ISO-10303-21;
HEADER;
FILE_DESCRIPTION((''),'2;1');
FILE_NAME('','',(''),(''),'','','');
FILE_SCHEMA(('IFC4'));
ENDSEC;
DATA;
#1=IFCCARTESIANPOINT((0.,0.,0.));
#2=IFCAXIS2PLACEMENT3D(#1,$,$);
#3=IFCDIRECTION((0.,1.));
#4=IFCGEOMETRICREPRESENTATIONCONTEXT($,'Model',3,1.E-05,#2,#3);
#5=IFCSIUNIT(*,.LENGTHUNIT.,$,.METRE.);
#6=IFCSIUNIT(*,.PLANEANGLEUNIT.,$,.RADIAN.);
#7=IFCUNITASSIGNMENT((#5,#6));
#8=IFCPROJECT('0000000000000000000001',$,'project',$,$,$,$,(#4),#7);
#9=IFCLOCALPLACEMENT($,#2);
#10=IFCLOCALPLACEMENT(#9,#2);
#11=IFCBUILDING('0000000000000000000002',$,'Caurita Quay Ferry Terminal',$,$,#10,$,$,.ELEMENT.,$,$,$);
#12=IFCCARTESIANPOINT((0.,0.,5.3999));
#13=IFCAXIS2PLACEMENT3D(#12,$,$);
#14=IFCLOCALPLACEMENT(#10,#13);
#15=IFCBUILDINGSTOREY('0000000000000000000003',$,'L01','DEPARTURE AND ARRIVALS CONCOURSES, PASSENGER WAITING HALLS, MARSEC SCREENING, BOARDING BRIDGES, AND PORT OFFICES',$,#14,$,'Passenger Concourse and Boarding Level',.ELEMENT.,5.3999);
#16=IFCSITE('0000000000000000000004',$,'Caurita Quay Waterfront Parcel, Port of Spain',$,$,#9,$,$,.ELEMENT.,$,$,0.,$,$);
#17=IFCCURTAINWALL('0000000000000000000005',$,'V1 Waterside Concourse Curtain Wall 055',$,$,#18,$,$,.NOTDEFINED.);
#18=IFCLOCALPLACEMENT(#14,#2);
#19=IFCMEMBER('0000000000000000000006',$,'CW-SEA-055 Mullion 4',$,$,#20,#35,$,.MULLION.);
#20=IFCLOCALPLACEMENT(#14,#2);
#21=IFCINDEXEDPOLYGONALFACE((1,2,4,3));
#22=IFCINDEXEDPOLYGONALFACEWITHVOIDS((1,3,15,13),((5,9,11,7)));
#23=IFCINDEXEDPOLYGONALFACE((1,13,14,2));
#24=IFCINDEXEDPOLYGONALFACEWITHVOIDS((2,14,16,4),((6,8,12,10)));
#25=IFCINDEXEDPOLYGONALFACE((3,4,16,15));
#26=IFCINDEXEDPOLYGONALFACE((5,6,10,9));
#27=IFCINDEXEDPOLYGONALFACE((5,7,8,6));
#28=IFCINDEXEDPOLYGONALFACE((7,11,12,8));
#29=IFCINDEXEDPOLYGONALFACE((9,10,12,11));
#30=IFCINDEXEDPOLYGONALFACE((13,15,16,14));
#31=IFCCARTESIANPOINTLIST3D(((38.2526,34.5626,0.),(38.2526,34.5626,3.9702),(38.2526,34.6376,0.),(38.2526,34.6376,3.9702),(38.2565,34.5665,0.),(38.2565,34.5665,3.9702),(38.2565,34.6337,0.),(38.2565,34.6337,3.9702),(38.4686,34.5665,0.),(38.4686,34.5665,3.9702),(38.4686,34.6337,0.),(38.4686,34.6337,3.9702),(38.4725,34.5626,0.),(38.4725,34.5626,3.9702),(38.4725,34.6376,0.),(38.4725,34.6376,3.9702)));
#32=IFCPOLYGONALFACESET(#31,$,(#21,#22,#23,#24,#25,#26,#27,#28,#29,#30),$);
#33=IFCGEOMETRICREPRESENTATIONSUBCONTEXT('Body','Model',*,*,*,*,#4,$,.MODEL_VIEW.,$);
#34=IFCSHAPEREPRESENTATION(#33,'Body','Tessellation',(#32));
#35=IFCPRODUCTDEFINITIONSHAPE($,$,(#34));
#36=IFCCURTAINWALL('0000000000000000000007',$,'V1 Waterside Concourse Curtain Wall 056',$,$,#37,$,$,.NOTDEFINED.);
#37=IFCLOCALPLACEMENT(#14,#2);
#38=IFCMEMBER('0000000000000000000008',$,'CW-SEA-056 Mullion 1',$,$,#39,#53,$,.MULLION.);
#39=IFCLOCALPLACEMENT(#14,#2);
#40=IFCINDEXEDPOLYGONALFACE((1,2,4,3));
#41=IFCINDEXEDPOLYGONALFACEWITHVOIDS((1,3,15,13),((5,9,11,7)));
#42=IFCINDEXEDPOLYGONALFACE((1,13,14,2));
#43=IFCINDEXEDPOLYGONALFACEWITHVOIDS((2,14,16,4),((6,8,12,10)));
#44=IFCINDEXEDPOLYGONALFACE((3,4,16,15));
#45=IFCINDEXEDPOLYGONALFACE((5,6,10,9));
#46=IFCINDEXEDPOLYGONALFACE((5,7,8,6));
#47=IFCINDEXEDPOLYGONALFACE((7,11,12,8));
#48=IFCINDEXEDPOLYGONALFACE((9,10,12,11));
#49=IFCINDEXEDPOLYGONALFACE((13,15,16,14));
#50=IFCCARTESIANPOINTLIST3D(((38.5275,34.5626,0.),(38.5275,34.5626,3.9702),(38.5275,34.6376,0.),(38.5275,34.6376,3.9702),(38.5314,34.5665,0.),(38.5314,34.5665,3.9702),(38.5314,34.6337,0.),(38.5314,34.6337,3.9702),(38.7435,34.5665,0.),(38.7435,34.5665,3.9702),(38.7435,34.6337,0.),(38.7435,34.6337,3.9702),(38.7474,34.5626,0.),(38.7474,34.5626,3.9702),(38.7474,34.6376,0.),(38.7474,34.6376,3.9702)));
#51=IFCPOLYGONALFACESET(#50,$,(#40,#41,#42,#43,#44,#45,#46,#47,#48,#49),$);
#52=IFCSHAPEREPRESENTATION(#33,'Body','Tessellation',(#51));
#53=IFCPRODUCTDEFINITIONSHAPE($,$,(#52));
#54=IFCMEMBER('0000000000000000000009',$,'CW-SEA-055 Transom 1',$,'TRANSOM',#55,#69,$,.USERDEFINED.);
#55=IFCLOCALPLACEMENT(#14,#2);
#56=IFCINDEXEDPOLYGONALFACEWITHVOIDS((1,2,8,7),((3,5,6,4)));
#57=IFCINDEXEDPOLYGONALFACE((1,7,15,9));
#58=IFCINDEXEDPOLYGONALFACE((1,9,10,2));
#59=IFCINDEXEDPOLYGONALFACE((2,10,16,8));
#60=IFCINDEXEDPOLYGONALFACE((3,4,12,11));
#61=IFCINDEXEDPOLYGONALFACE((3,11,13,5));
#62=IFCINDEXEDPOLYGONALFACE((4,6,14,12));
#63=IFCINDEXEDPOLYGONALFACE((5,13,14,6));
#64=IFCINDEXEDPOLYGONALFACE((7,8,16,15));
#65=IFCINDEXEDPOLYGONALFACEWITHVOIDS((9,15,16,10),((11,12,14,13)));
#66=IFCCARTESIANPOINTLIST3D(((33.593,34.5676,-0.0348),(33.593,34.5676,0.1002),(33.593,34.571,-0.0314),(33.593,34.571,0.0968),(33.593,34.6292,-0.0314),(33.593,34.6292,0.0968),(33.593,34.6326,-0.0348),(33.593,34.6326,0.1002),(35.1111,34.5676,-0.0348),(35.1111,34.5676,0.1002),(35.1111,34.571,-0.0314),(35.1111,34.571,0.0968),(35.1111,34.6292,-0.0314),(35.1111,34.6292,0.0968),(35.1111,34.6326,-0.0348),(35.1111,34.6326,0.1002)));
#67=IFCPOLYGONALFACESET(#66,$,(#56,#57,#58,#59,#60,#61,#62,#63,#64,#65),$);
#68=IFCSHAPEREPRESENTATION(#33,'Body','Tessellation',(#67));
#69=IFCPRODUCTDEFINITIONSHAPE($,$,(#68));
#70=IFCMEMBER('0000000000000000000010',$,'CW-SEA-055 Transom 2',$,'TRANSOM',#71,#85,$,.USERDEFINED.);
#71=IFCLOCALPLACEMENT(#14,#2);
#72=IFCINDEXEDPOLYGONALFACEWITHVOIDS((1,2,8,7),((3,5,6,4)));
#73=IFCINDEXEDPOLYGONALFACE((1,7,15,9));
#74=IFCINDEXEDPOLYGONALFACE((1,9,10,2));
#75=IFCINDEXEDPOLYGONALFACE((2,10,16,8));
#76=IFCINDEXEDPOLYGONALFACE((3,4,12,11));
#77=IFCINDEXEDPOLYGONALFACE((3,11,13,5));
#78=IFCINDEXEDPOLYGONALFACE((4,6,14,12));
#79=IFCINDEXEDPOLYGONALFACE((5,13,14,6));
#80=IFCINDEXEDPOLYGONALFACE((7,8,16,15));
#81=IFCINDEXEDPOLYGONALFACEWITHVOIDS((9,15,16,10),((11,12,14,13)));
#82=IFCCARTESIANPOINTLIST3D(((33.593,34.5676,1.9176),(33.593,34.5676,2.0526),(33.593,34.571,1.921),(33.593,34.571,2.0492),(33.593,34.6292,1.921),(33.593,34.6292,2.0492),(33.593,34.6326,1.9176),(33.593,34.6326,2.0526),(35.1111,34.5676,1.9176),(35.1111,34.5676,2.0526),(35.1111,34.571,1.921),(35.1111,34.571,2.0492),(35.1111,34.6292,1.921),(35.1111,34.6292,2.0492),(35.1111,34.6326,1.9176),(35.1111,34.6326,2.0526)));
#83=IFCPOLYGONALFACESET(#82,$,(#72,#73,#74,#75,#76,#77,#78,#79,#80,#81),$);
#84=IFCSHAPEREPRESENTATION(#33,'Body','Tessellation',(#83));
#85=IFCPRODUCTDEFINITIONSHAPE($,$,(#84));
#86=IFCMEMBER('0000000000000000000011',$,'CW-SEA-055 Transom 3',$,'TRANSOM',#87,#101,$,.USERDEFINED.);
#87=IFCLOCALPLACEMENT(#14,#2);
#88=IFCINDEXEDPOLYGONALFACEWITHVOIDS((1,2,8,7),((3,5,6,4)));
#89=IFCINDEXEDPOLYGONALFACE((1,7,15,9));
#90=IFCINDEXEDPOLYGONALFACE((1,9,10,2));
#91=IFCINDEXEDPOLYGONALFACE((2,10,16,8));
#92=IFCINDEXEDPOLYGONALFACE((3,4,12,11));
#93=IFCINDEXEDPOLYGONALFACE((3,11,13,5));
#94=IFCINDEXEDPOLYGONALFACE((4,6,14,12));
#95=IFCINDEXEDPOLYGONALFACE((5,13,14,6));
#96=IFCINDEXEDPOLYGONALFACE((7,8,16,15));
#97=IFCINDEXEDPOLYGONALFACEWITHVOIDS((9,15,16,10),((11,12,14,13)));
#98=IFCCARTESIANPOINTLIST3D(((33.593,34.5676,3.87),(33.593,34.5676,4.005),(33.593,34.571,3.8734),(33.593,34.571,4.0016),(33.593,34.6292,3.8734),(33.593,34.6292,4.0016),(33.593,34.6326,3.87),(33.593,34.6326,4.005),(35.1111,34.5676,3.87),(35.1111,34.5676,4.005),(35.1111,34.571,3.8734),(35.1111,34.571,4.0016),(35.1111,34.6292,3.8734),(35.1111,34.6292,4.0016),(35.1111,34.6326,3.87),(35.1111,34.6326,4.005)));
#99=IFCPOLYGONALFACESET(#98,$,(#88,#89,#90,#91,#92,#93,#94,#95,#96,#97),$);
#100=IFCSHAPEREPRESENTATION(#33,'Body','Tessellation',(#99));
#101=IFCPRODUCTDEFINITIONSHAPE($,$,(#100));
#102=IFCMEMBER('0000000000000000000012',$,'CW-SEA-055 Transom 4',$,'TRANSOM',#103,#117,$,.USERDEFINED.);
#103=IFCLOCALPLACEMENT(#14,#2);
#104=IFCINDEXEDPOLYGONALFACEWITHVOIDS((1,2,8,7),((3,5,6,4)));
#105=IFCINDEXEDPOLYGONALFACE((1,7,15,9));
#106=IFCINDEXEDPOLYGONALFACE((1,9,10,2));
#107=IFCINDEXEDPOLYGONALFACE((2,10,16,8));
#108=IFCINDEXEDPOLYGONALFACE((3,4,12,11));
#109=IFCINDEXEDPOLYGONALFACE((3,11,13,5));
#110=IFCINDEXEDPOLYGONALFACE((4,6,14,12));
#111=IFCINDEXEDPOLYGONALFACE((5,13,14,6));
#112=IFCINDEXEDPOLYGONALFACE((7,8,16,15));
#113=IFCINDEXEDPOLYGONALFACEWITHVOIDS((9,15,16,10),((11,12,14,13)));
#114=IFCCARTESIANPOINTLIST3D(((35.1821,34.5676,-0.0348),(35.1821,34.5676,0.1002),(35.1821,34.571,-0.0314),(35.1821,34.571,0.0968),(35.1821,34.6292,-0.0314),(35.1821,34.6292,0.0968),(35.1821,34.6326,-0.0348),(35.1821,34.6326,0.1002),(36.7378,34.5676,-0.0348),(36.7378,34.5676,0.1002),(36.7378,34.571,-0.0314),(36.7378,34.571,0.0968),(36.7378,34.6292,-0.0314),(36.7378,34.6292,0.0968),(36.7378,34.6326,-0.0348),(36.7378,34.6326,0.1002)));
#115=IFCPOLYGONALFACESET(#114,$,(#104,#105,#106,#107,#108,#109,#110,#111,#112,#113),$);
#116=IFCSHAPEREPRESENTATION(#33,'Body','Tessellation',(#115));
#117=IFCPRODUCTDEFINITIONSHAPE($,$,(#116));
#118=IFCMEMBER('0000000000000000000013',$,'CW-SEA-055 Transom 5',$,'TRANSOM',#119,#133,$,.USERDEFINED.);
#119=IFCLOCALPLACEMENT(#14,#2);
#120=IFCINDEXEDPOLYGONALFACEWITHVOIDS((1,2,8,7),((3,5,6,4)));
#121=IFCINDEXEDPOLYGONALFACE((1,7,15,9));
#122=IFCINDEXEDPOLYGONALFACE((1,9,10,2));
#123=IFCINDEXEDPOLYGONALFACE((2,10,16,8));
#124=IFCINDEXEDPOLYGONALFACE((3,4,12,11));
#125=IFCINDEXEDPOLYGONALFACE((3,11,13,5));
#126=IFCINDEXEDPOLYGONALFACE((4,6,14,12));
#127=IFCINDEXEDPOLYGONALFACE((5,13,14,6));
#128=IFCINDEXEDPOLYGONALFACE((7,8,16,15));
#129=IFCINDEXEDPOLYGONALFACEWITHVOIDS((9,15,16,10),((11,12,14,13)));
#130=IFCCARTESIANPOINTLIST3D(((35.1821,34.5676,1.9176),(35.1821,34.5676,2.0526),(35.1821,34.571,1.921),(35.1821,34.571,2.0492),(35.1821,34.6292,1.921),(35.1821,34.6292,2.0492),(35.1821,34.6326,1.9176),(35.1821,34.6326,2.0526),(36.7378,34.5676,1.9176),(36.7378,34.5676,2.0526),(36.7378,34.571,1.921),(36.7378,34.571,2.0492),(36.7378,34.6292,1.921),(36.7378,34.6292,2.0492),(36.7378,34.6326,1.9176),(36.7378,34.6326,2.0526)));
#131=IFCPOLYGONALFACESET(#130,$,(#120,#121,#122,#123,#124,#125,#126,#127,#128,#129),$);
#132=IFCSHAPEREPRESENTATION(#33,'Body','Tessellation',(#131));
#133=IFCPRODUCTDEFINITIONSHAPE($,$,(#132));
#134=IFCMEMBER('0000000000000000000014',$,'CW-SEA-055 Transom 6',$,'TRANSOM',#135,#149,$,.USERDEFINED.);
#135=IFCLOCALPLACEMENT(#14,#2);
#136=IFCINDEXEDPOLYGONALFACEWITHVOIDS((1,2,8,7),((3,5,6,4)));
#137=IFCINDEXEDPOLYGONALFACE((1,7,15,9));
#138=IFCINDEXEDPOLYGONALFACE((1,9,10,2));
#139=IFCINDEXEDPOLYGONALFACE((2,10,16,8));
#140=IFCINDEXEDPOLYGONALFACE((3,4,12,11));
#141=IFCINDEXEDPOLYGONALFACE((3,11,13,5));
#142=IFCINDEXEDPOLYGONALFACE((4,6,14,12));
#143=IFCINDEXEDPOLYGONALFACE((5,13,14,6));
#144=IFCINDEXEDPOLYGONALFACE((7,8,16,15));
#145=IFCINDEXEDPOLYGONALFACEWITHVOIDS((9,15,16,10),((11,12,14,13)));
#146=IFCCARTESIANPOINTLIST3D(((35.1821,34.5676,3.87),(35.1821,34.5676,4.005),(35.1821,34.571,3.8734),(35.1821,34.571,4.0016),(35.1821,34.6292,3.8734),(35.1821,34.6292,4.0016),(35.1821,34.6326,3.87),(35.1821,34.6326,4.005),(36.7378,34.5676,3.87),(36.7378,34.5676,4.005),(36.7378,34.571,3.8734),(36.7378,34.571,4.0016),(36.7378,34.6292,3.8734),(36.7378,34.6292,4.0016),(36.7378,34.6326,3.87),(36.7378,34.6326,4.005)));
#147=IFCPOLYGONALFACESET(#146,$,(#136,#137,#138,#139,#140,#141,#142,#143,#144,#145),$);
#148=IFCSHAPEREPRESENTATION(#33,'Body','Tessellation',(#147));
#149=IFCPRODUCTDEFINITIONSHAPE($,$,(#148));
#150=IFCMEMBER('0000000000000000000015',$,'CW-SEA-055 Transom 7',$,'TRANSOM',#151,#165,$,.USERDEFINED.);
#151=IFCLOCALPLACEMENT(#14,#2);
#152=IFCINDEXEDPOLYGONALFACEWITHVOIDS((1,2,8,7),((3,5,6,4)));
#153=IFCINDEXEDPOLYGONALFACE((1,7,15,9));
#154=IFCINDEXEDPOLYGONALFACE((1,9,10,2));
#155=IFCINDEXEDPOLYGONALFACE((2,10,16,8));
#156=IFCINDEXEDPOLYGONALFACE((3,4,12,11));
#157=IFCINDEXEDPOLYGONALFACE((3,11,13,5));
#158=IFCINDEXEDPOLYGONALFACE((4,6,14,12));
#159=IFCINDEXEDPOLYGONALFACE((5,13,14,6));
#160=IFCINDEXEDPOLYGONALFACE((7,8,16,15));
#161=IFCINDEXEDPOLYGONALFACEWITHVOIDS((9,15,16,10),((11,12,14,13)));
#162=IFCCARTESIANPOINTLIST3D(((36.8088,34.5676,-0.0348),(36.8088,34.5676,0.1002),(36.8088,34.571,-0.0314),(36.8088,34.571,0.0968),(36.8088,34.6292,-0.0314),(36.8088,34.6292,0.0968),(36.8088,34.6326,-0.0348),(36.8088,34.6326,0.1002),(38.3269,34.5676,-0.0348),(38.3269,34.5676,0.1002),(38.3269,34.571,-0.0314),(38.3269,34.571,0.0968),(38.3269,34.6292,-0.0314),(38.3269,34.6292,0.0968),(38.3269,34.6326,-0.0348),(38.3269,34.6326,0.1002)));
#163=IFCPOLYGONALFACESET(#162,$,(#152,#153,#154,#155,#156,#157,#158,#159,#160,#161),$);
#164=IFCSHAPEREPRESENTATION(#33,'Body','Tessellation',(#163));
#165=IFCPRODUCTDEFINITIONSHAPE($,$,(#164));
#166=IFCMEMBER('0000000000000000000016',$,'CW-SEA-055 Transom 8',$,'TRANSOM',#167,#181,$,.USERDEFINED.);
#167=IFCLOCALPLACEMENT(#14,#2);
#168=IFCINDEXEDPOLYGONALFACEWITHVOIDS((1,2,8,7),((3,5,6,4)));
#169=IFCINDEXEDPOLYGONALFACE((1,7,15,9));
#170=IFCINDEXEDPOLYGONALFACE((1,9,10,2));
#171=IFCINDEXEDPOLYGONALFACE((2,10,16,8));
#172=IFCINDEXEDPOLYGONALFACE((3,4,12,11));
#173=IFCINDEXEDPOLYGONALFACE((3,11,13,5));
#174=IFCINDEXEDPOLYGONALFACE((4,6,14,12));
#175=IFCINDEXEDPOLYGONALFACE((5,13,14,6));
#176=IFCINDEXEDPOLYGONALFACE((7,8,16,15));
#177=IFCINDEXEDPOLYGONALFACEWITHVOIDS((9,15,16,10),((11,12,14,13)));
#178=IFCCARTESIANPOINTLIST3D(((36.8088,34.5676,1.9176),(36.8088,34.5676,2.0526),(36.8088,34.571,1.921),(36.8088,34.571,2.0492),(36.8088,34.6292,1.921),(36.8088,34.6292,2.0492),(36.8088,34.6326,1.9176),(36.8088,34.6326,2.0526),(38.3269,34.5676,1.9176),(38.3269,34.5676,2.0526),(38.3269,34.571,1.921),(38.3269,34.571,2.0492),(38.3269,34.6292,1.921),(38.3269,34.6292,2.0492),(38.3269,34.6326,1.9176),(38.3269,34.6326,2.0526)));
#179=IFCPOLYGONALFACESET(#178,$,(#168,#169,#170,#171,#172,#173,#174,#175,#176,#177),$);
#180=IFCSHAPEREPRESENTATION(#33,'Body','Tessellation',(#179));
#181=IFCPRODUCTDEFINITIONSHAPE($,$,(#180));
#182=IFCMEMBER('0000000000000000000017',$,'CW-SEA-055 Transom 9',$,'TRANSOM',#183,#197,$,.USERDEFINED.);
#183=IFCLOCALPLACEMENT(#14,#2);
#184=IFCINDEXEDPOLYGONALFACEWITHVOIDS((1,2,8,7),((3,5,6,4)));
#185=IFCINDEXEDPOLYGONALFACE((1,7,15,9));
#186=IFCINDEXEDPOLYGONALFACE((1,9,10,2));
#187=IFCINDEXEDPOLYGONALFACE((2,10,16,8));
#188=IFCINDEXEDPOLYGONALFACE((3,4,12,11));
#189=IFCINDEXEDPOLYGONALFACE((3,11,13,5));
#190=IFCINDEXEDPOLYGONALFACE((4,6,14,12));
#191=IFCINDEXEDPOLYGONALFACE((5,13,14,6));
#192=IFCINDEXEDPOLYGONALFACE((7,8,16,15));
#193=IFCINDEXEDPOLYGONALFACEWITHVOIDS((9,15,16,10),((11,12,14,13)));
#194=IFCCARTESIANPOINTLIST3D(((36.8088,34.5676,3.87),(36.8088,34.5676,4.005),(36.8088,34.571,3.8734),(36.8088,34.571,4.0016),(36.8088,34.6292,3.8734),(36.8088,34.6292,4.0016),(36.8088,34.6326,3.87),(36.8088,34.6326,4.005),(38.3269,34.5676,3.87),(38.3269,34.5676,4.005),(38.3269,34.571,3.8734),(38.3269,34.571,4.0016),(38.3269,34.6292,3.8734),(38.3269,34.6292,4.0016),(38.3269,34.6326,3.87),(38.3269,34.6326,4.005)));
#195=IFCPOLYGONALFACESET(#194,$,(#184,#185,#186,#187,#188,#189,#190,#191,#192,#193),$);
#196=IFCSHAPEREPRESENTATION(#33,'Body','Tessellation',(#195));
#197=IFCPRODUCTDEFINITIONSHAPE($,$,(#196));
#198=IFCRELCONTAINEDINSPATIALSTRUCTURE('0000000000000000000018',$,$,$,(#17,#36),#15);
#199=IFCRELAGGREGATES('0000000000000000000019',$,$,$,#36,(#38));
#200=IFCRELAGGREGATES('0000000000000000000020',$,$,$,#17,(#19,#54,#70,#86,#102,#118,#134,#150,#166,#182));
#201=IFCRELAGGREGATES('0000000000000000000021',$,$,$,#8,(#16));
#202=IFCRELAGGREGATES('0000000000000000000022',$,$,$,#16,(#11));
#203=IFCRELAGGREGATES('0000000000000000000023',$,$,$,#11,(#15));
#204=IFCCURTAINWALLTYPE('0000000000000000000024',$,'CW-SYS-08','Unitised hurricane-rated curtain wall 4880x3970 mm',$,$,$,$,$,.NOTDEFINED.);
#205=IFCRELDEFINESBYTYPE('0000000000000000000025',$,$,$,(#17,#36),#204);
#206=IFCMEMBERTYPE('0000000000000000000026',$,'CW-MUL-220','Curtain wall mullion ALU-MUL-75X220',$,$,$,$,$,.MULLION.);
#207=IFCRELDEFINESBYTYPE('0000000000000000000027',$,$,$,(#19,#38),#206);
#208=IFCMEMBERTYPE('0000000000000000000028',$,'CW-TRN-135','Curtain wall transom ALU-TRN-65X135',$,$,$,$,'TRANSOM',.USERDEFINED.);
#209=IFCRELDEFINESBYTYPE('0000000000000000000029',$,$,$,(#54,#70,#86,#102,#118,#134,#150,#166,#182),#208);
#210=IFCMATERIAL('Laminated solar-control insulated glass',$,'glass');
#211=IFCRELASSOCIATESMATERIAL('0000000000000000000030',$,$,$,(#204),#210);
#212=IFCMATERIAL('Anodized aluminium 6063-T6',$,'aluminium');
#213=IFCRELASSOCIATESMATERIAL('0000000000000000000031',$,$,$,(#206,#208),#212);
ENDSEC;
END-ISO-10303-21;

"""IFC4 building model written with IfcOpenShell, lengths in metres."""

from ifc_helpers import new_model, si_unit, direction, frame, origin, origin_2d, place, context, subcontext, project, spatial, hollow_rectangle, extrude, material, material_profile, profile_set, type_object, element, aggregate, save


model = new_model("IFC4")

# Units and contexts
model_context = context("Model", 3, precision=1e-05, world=origin(), true_north=direction((0.0, 1.0)))
body_context = subcontext(model_context, "Body", "Model", "MODEL_VIEW")
ifc_project = project(units=[si_unit("LENGTHUNIT", "METRE"), si_unit("PLANEANGLEUNIT", "RADIAN")], contexts=[model_context])

# Site, building, storey
site_placement = place(None, origin())
site = spatial("IfcSite", under=ifc_project, at=site_placement, Name="Caurita Quay Waterfront Parcel, Port of Spain", CompositionType="ELEMENT", RefElevation=0.0)
building_placement = place(site_placement, origin())
building = spatial("IfcBuilding", under=site, at=building_placement, Name="Caurita Quay Ferry Terminal", CompositionType="ELEMENT")
storey_placement = place(building_placement, frame((0.0, 0.0, 5.3999)))
storey = spatial("IfcBuildingStorey", under=building, at=storey_placement, Name="L01", Description="DEPARTURE AND ARRIVALS CONCOURSES, PASSENGER WAITING HALLS, MARSEC SCREENING, BOARDING BRIDGES, AND PORT OFFICES", LongName="Passenger Concourse and Boarding Level", CompositionType="ELEMENT", Elevation=5.3999)

# Shared definitions
ifc_material_1 = material(Name="Laminated solar-control insulated glass", Category="glass")
curtain_wall_type = type_object("IfcCurtainWallType", Name="CW-SYS-08", Description="Unitised hurricane-rated curtain wall 4880x3970 mm", PredefinedType="NOTDEFINED", material=ifc_material_1)
ifc_material_2 = material(Name="Anodized aluminium 6063-T6", Category="aluminium")
ifc_material_profile_1 = material_profile(ifc_material_2, hollow_rectangle(XDim=0.075, YDim=0.22, WallThickness=0.0039, at=origin_2d()), Name="ALU-MUL-75X220")
ifc_profile_set_1 = profile_set([ifc_material_profile_1], Name="Anodized aluminium 6063-T6")
member_type_1 = type_object("IfcMemberType", Name="CW-MUL-220", Description="Curtain wall mullion ALU-MUL-75X220", PredefinedType="MULLION", material=ifc_profile_set_1)

# Curtain wall, member
curtain_wall_1_placement = place(storey_placement, origin())
curtain_wall_1 = element("IfcCurtainWall", 1, at=curtain_wall_1_placement, inside=storey, type_object=curtain_wall_type, Name="V1 Waterside Concourse Curtain Wall 055", PredefinedType="NOTDEFINED")
member_1_placement = place(storey_placement, frame((38.3625, 34.6001, 0.0), z_axis=(0.0, 0.0, 1.0), x_axis=(0.0, 1.0, 0.0)))
member_1 = element("IfcMember", 2, at=member_1_placement, type_object=member_type_1, Name="CW-SEA-055 Mullion 4", PredefinedType="MULLION", context=body_context, shape_type="SweptSolid", body=[
    extrude(hollow_rectangle(XDim=0.075, YDim=0.22, WallThickness=0.0039, at=origin_2d()), origin(), (0.0, 0.0, 1.0), 3.9702),
])

# Curtain wall, member
curtain_wall_2_placement = place(storey_placement, origin())
curtain_wall_2 = element("IfcCurtainWall", 3, at=curtain_wall_2_placement, inside=storey, type_object=curtain_wall_type, Name="V1 Waterside Concourse Curtain Wall 056", PredefinedType="NOTDEFINED")
member_2_placement = place(storey_placement, frame((38.6375, 34.6001, 0.0), z_axis=(0.0, 0.0, 1.0), x_axis=(0.0, 1.0, 0.0)))
member_2 = element("IfcMember", 4, at=member_2_placement, type_object=member_type_1, Name="CW-SEA-056 Mullion 1", PredefinedType="MULLION", context=body_context, shape_type="SweptSolid", body=[
    extrude(hollow_rectangle(XDim=0.075, YDim=0.22, WallThickness=0.0039, at=origin_2d()), origin(), (0.0, 0.0, 1.0), 3.9702),
])

# Members
ifc_material_profile_2 = material_profile(ifc_material_2, hollow_rectangle(XDim=0.0649, YDim=0.135, WallThickness=0.0034, at=origin_2d()), Name="ALU-TRN-65X135")
ifc_profile_set_2 = profile_set([ifc_material_profile_2], Name="Anodized aluminium 6063-T6")
member_type_2 = type_object("IfcMemberType", Name="CW-TRN-135", Description="Curtain wall transom ALU-TRN-65X135", ElementType="TRANSOM", PredefinedType="USERDEFINED", material=ifc_profile_set_2)
member_3_placement = place(storey_placement, frame((33.593, 34.6001, 0.0327), z_axis=(1.0, 0.0, 0.0), x_axis=(0.0, 1.0, 0.0)))
member_3 = element("IfcMember", 5, at=member_3_placement, type_object=member_type_2, Name="CW-SEA-055 Transom 1", ObjectType="TRANSOM", PredefinedType="USERDEFINED", context=body_context, shape_type="SweptSolid", body=[
    extrude(hollow_rectangle(XDim=0.0649, YDim=0.135, WallThickness=0.0034, at=origin_2d()), origin(), (0.0, 0.0, 1.0), 1.5181),
])
member_4_placement = place(storey_placement, frame((33.593, 34.6001, 1.9851), z_axis=(1.0, 0.0, 0.0), x_axis=(0.0, 1.0, 0.0)))
member_4 = element("IfcMember", 6, at=member_4_placement, type_object=member_type_2, Name="CW-SEA-055 Transom 2", ObjectType="TRANSOM", PredefinedType="USERDEFINED", context=body_context, shape_type="SweptSolid", body=[
    extrude(hollow_rectangle(XDim=0.0649, YDim=0.135, WallThickness=0.0034, at=origin_2d()), origin(), (0.0, 0.0, 1.0), 1.5181),
])
member_5_placement = place(storey_placement, frame((33.593, 34.6001, 3.9375), z_axis=(1.0, 0.0, 0.0), x_axis=(0.0, 1.0, 0.0)))
member_5 = element("IfcMember", 7, at=member_5_placement, type_object=member_type_2, Name="CW-SEA-055 Transom 3", ObjectType="TRANSOM", PredefinedType="USERDEFINED", context=body_context, shape_type="SweptSolid", body=[
    extrude(hollow_rectangle(XDim=0.0649, YDim=0.135, WallThickness=0.0034, at=origin_2d()), origin(), (0.0, 0.0, 1.0), 1.5181),
])
member_6_placement = place(storey_placement, frame((35.1821, 34.6001, 0.0327), z_axis=(1.0, 0.0, 0.0), x_axis=(0.0, 1.0, 0.0)))
member_6 = element("IfcMember", 8, at=member_6_placement, type_object=member_type_2, Name="CW-SEA-055 Transom 4", ObjectType="TRANSOM", PredefinedType="USERDEFINED", context=body_context, shape_type="SweptSolid", body=[
    extrude(hollow_rectangle(XDim=0.0649, YDim=0.135, WallThickness=0.0034, at=origin_2d()), origin(), (0.0, 0.0, 1.0), 1.5557),
])
member_7_placement = place(storey_placement, frame((35.1821, 34.6001, 1.9851), z_axis=(1.0, 0.0, 0.0), x_axis=(0.0, 1.0, 0.0)))
member_7 = element("IfcMember", 9, at=member_7_placement, type_object=member_type_2, Name="CW-SEA-055 Transom 5", ObjectType="TRANSOM", PredefinedType="USERDEFINED", context=body_context, shape_type="SweptSolid", body=[
    extrude(hollow_rectangle(XDim=0.0649, YDim=0.135, WallThickness=0.0034, at=origin_2d()), origin(), (0.0, 0.0, 1.0), 1.5557),
])
member_8_placement = place(storey_placement, frame((35.1821, 34.6001, 3.9375), z_axis=(1.0, 0.0, 0.0), x_axis=(0.0, 1.0, 0.0)))
member_8 = element("IfcMember", 10, at=member_8_placement, type_object=member_type_2, Name="CW-SEA-055 Transom 6", ObjectType="TRANSOM", PredefinedType="USERDEFINED", context=body_context, shape_type="SweptSolid", body=[
    extrude(hollow_rectangle(XDim=0.0649, YDim=0.135, WallThickness=0.0034, at=origin_2d()), origin(), (0.0, 0.0, 1.0), 1.5557),
])
member_9_placement = place(storey_placement, frame((36.8088, 34.6001, 0.0327), z_axis=(1.0, 0.0, 0.0), x_axis=(0.0, 1.0, 0.0)))
member_9 = element("IfcMember", 11, at=member_9_placement, type_object=member_type_2, Name="CW-SEA-055 Transom 7", ObjectType="TRANSOM", PredefinedType="USERDEFINED", context=body_context, shape_type="SweptSolid", body=[
    extrude(hollow_rectangle(XDim=0.0649, YDim=0.135, WallThickness=0.0034, at=origin_2d()), origin(), (0.0, 0.0, 1.0), 1.5181),
])
member_10_placement = place(storey_placement, frame((36.8088, 34.6001, 1.9851), z_axis=(1.0, 0.0, 0.0), x_axis=(0.0, 1.0, 0.0)))
member_10 = element("IfcMember", 12, at=member_10_placement, type_object=member_type_2, Name="CW-SEA-055 Transom 8", ObjectType="TRANSOM", PredefinedType="USERDEFINED", context=body_context, shape_type="SweptSolid", body=[
    extrude(hollow_rectangle(XDim=0.0649, YDim=0.135, WallThickness=0.0034, at=origin_2d()), origin(), (0.0, 0.0, 1.0), 1.5181),
])
member_11_placement = place(storey_placement, frame((36.8088, 34.6001, 3.9375), z_axis=(1.0, 0.0, 0.0), x_axis=(0.0, 1.0, 0.0)))
member_11 = element("IfcMember", 13, at=member_11_placement, type_object=member_type_2, Name="CW-SEA-055 Transom 9", ObjectType="TRANSOM", PredefinedType="USERDEFINED", context=body_context, shape_type="SweptSolid", body=[
    extrude(hollow_rectangle(XDim=0.0649, YDim=0.135, WallThickness=0.0034, at=origin_2d()), origin(), (0.0, 0.0, 1.0), 1.5181),
])
aggregate(curtain_wall_2, [member_2])

aggregate(curtain_wall_1, [member_1, member_3, member_4, member_5, member_6, member_7, member_8, member_9, member_10, member_11])

save(model, "model.ifc")
